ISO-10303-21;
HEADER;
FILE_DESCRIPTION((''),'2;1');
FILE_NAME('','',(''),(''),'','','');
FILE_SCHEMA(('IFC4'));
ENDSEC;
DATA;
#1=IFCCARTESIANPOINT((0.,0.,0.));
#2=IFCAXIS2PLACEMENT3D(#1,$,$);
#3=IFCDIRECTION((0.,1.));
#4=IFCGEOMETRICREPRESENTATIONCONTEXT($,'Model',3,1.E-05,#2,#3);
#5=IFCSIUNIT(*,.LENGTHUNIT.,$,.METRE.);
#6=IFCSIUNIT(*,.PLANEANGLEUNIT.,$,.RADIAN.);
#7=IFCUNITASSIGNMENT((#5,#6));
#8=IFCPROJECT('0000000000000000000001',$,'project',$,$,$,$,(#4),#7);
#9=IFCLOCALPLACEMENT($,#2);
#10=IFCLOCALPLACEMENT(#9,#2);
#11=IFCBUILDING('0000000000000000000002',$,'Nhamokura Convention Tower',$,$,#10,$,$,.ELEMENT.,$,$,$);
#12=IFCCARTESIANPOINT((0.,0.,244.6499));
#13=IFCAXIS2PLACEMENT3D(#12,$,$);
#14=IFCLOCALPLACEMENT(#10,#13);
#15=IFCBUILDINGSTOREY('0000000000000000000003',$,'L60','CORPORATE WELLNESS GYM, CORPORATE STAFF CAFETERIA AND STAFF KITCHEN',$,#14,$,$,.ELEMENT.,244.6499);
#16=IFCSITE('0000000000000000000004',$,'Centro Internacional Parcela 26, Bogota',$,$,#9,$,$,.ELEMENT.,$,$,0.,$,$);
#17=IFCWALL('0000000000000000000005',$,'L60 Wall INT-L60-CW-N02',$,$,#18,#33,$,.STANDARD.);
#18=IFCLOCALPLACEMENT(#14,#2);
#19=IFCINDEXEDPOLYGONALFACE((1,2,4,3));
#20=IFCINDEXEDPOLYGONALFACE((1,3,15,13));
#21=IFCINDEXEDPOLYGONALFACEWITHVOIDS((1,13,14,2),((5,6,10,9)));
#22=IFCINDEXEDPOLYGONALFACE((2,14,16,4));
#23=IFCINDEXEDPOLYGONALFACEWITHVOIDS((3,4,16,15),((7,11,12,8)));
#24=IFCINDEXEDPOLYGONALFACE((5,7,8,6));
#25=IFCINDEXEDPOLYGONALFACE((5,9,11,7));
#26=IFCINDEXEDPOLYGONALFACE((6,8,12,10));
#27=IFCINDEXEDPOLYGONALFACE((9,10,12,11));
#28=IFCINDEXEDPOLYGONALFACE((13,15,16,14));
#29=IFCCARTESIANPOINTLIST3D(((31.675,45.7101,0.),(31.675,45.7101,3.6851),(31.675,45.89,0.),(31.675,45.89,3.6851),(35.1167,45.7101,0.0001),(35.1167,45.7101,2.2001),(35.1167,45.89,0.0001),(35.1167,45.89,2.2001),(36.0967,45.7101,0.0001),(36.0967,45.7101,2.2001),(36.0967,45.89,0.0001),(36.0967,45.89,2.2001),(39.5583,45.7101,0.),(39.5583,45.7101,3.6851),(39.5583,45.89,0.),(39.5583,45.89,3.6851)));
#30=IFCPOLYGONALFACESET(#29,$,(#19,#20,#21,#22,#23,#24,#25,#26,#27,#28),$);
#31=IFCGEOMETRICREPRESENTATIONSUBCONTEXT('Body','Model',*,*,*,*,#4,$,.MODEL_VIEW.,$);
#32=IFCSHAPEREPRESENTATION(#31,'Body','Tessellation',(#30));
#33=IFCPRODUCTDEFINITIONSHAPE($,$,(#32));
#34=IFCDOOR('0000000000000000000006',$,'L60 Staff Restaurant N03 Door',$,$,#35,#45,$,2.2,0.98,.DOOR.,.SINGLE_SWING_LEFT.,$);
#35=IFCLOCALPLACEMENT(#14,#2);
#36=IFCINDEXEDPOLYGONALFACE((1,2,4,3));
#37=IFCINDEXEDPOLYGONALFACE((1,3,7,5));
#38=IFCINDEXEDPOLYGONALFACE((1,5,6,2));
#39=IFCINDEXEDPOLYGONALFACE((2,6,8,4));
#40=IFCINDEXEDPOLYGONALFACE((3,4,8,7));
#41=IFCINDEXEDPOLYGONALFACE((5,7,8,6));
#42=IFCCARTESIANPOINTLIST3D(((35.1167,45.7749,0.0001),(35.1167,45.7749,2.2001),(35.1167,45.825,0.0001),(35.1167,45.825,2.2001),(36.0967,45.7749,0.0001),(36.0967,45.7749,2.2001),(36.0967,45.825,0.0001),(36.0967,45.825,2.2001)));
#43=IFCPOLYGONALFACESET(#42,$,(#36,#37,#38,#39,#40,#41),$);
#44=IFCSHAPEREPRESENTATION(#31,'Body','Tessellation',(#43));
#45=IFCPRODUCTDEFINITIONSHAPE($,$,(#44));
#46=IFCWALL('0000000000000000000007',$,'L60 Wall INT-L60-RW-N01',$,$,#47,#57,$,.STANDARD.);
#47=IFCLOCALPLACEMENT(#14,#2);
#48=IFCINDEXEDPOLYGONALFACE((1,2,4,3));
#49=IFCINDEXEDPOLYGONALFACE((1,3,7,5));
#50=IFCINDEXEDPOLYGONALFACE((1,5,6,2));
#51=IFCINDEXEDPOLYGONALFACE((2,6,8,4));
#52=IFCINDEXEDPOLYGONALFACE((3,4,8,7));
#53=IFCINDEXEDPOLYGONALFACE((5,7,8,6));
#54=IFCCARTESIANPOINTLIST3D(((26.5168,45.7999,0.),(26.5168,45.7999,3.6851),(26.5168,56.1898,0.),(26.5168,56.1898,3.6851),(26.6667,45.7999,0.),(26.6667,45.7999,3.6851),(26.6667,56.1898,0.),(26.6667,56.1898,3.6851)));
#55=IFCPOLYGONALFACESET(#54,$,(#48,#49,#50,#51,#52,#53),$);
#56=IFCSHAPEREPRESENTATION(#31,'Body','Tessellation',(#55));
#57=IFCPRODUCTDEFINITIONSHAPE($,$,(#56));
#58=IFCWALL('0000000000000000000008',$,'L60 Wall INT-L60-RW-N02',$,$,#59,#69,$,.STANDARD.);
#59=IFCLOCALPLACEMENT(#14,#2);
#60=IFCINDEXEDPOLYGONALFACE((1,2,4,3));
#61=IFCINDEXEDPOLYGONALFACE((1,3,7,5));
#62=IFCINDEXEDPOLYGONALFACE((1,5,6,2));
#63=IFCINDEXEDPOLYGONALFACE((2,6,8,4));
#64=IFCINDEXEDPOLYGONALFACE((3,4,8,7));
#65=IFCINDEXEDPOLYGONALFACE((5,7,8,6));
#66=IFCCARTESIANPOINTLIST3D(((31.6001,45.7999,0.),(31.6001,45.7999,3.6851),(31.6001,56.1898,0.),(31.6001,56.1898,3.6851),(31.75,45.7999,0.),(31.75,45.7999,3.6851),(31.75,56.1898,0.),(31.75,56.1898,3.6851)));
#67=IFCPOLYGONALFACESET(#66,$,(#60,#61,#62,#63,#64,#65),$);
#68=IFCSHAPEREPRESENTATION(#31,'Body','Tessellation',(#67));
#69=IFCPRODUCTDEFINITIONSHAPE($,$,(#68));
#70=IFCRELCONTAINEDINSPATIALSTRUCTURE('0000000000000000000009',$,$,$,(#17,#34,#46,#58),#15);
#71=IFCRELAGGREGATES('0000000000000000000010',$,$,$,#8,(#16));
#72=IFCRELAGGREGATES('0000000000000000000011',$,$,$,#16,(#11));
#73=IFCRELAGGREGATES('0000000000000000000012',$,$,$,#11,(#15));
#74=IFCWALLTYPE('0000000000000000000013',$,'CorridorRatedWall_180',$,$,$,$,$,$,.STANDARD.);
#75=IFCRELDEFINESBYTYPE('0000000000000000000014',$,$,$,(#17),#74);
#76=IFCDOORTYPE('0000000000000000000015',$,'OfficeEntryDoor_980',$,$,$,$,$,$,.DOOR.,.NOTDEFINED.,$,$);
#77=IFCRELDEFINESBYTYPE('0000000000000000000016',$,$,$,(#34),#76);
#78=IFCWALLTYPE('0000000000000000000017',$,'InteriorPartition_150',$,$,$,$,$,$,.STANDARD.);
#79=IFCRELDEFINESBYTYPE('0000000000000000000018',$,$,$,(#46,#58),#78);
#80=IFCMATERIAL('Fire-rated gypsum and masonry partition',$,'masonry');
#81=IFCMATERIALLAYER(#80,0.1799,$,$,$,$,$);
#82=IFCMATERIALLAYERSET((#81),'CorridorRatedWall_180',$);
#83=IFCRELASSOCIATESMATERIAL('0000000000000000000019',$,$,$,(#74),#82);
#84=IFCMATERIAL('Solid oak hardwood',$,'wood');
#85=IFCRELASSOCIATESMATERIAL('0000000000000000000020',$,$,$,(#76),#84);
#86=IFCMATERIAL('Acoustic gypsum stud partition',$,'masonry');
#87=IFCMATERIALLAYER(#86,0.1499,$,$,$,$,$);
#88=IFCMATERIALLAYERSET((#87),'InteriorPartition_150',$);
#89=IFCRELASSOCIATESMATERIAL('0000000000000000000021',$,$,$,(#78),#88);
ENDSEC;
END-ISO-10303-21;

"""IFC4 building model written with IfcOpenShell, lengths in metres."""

from ifc_helpers import new_model, si_unit, direction, frame, frame_2d, origin, place, context, subcontext, project, spatial, rectangle, extrude, material, layer, layer_set, type_object, element, fill, save


model = new_model("IFC4")

# Units and contexts
model_context = context("Model", 3, precision=1e-05, world=origin(), true_north=direction((0.0, 1.0)))
body_context = subcontext(model_context, "Body", "Model", "MODEL_VIEW")
ifc_project = project(units=[si_unit("LENGTHUNIT", "METRE"), si_unit("PLANEANGLEUNIT", "RADIAN")], contexts=[model_context])

# Site, building, storey
site_placement = place(None, origin())
site = spatial("IfcSite", under=ifc_project, at=site_placement, Name="Centro Internacional Parcela 26, Bogota", CompositionType="ELEMENT", RefElevation=0.0)
building_placement = place(site_placement, origin())
building = spatial("IfcBuilding", under=site, at=building_placement, Name="Nhamokura Convention Tower", CompositionType="ELEMENT")
storey_placement = place(building_placement, frame((0.0, 0.0, 244.6499)))
storey = spatial("IfcBuildingStorey", under=building, at=storey_placement, Name="L60", Description="CORPORATE WELLNESS GYM, CORPORATE STAFF CAFETERIA AND STAFF KITCHEN", CompositionType="ELEMENT", Elevation=244.6499)

# Wall, opening, door
ifc_material_1 = material(Name="Fire-rated gypsum and masonry partition", Category="masonry")
ifc_layer_1 = layer(ifc_material_1, 0.1799)
ifc_layer_set_1 = layer_set([ifc_layer_1], Name="CorridorRatedWall_180")
wall_type_1 = type_object("IfcWallType", Name="CorridorRatedWall_180", PredefinedType="STANDARD", material=ifc_layer_set_1)
ifc_material_2 = material(Name="Solid oak hardwood", Category="wood")
door_type = type_object("IfcDoorType", Name="OfficeEntryDoor_980", OperationType="NOTDEFINED", PredefinedType="DOOR", material=ifc_material_2)
wall_1_placement = place(storey_placement, frame((31.675, 45.8, 0.0), z_axis=(0.0, 0.0, 1.0), x_axis=(1.0, 0.0, 0.0)))
wall_1 = element("IfcWall", 1, at=wall_1_placement, inside=storey, type_object=wall_type_1, Name="L60 Wall INT-L60-CW-N02", PredefinedType="STANDARD", context=body_context, shape_type="SweptSolid", body=[
    extrude(rectangle(XDim=7.8833, YDim=0.1799, at=frame_2d((3.9417, 0.0))), origin(), (0.0, 0.0, 1.0), 3.6851),
])
opening_1_placement = place(wall_1_placement, frame((3.4417, 0.0, 0.0)))
opening_1 = element("IfcOpeningElement", 2, at=opening_1_placement, cuts=wall_1, PredefinedType="OPENING", context=body_context, shape_type="SweptSolid", body=[
    extrude(rectangle(XDim=0.98, YDim=2.2, at=frame_2d((0.49, 1.1001))), frame((0.0, 0.0999, 0.0), z_axis=(0.0, -1.0, 0.0), x_axis=(1.0, 0.0, 0.0)), (0.0, 0.0, 1.0), 0.2),
])
door_1_placement = place(opening_1_placement, origin())
door_1 = element("IfcDoor", 3, at=door_1_placement, inside=storey, type_object=door_type, Name="L60 Staff Restaurant N03 Door", OperationType="SINGLE_SWING_LEFT", OverallHeight=2.2, OverallWidth=0.98, PredefinedType="DOOR", context=body_context, shape_type="SweptSolid", body=[
    extrude(rectangle(XDim=0.98, YDim=2.2, at=frame_2d((0.49, 1.1001))), frame((0.0, 0.0249, 0.0), z_axis=(0.0, -1.0, 0.0), x_axis=(1.0, 0.0, 0.0)), (0.0, 0.0, 1.0), 0.05),
])
fill(opening_1, door_1)

# Walls
ifc_material_3 = material(Name="Acoustic gypsum stud partition", Category="masonry")
ifc_layer_2 = layer(ifc_material_3, 0.1499)
ifc_layer_set_2 = layer_set([ifc_layer_2], Name="InteriorPartition_150")
wall_type_2 = type_object("IfcWallType", Name="InteriorPartition_150", PredefinedType="STANDARD", material=ifc_layer_set_2)
for number, where, z_axis, x_axis, name in (
    (4, (26.5918, 45.8, 0.0), (0.0, 0.0, 1.0), (0.0, 1.0, 0.0), "L60 Wall INT-L60-RW-N01"),
    (5, (31.675, 45.8, 0.0), (0.0, 0.0, 1.0), (0.0, 1.0, 0.0), "L60 Wall INT-L60-RW-N02"),
):
    element("IfcWall", number, at=place(storey_placement, frame(where, z_axis=z_axis, x_axis=x_axis)), inside=storey, type_object=wall_type_2, Name=name, PredefinedType="STANDARD", context=body_context, shape_type="SweptSolid", body=[
        extrude(rectangle(XDim=10.3899, YDim=0.1499, at=frame_2d((5.1948, 0.0))), origin(), (0.0, 0.0, 1.0), 3.6851),
    ])

save(model, "model.ifc")
